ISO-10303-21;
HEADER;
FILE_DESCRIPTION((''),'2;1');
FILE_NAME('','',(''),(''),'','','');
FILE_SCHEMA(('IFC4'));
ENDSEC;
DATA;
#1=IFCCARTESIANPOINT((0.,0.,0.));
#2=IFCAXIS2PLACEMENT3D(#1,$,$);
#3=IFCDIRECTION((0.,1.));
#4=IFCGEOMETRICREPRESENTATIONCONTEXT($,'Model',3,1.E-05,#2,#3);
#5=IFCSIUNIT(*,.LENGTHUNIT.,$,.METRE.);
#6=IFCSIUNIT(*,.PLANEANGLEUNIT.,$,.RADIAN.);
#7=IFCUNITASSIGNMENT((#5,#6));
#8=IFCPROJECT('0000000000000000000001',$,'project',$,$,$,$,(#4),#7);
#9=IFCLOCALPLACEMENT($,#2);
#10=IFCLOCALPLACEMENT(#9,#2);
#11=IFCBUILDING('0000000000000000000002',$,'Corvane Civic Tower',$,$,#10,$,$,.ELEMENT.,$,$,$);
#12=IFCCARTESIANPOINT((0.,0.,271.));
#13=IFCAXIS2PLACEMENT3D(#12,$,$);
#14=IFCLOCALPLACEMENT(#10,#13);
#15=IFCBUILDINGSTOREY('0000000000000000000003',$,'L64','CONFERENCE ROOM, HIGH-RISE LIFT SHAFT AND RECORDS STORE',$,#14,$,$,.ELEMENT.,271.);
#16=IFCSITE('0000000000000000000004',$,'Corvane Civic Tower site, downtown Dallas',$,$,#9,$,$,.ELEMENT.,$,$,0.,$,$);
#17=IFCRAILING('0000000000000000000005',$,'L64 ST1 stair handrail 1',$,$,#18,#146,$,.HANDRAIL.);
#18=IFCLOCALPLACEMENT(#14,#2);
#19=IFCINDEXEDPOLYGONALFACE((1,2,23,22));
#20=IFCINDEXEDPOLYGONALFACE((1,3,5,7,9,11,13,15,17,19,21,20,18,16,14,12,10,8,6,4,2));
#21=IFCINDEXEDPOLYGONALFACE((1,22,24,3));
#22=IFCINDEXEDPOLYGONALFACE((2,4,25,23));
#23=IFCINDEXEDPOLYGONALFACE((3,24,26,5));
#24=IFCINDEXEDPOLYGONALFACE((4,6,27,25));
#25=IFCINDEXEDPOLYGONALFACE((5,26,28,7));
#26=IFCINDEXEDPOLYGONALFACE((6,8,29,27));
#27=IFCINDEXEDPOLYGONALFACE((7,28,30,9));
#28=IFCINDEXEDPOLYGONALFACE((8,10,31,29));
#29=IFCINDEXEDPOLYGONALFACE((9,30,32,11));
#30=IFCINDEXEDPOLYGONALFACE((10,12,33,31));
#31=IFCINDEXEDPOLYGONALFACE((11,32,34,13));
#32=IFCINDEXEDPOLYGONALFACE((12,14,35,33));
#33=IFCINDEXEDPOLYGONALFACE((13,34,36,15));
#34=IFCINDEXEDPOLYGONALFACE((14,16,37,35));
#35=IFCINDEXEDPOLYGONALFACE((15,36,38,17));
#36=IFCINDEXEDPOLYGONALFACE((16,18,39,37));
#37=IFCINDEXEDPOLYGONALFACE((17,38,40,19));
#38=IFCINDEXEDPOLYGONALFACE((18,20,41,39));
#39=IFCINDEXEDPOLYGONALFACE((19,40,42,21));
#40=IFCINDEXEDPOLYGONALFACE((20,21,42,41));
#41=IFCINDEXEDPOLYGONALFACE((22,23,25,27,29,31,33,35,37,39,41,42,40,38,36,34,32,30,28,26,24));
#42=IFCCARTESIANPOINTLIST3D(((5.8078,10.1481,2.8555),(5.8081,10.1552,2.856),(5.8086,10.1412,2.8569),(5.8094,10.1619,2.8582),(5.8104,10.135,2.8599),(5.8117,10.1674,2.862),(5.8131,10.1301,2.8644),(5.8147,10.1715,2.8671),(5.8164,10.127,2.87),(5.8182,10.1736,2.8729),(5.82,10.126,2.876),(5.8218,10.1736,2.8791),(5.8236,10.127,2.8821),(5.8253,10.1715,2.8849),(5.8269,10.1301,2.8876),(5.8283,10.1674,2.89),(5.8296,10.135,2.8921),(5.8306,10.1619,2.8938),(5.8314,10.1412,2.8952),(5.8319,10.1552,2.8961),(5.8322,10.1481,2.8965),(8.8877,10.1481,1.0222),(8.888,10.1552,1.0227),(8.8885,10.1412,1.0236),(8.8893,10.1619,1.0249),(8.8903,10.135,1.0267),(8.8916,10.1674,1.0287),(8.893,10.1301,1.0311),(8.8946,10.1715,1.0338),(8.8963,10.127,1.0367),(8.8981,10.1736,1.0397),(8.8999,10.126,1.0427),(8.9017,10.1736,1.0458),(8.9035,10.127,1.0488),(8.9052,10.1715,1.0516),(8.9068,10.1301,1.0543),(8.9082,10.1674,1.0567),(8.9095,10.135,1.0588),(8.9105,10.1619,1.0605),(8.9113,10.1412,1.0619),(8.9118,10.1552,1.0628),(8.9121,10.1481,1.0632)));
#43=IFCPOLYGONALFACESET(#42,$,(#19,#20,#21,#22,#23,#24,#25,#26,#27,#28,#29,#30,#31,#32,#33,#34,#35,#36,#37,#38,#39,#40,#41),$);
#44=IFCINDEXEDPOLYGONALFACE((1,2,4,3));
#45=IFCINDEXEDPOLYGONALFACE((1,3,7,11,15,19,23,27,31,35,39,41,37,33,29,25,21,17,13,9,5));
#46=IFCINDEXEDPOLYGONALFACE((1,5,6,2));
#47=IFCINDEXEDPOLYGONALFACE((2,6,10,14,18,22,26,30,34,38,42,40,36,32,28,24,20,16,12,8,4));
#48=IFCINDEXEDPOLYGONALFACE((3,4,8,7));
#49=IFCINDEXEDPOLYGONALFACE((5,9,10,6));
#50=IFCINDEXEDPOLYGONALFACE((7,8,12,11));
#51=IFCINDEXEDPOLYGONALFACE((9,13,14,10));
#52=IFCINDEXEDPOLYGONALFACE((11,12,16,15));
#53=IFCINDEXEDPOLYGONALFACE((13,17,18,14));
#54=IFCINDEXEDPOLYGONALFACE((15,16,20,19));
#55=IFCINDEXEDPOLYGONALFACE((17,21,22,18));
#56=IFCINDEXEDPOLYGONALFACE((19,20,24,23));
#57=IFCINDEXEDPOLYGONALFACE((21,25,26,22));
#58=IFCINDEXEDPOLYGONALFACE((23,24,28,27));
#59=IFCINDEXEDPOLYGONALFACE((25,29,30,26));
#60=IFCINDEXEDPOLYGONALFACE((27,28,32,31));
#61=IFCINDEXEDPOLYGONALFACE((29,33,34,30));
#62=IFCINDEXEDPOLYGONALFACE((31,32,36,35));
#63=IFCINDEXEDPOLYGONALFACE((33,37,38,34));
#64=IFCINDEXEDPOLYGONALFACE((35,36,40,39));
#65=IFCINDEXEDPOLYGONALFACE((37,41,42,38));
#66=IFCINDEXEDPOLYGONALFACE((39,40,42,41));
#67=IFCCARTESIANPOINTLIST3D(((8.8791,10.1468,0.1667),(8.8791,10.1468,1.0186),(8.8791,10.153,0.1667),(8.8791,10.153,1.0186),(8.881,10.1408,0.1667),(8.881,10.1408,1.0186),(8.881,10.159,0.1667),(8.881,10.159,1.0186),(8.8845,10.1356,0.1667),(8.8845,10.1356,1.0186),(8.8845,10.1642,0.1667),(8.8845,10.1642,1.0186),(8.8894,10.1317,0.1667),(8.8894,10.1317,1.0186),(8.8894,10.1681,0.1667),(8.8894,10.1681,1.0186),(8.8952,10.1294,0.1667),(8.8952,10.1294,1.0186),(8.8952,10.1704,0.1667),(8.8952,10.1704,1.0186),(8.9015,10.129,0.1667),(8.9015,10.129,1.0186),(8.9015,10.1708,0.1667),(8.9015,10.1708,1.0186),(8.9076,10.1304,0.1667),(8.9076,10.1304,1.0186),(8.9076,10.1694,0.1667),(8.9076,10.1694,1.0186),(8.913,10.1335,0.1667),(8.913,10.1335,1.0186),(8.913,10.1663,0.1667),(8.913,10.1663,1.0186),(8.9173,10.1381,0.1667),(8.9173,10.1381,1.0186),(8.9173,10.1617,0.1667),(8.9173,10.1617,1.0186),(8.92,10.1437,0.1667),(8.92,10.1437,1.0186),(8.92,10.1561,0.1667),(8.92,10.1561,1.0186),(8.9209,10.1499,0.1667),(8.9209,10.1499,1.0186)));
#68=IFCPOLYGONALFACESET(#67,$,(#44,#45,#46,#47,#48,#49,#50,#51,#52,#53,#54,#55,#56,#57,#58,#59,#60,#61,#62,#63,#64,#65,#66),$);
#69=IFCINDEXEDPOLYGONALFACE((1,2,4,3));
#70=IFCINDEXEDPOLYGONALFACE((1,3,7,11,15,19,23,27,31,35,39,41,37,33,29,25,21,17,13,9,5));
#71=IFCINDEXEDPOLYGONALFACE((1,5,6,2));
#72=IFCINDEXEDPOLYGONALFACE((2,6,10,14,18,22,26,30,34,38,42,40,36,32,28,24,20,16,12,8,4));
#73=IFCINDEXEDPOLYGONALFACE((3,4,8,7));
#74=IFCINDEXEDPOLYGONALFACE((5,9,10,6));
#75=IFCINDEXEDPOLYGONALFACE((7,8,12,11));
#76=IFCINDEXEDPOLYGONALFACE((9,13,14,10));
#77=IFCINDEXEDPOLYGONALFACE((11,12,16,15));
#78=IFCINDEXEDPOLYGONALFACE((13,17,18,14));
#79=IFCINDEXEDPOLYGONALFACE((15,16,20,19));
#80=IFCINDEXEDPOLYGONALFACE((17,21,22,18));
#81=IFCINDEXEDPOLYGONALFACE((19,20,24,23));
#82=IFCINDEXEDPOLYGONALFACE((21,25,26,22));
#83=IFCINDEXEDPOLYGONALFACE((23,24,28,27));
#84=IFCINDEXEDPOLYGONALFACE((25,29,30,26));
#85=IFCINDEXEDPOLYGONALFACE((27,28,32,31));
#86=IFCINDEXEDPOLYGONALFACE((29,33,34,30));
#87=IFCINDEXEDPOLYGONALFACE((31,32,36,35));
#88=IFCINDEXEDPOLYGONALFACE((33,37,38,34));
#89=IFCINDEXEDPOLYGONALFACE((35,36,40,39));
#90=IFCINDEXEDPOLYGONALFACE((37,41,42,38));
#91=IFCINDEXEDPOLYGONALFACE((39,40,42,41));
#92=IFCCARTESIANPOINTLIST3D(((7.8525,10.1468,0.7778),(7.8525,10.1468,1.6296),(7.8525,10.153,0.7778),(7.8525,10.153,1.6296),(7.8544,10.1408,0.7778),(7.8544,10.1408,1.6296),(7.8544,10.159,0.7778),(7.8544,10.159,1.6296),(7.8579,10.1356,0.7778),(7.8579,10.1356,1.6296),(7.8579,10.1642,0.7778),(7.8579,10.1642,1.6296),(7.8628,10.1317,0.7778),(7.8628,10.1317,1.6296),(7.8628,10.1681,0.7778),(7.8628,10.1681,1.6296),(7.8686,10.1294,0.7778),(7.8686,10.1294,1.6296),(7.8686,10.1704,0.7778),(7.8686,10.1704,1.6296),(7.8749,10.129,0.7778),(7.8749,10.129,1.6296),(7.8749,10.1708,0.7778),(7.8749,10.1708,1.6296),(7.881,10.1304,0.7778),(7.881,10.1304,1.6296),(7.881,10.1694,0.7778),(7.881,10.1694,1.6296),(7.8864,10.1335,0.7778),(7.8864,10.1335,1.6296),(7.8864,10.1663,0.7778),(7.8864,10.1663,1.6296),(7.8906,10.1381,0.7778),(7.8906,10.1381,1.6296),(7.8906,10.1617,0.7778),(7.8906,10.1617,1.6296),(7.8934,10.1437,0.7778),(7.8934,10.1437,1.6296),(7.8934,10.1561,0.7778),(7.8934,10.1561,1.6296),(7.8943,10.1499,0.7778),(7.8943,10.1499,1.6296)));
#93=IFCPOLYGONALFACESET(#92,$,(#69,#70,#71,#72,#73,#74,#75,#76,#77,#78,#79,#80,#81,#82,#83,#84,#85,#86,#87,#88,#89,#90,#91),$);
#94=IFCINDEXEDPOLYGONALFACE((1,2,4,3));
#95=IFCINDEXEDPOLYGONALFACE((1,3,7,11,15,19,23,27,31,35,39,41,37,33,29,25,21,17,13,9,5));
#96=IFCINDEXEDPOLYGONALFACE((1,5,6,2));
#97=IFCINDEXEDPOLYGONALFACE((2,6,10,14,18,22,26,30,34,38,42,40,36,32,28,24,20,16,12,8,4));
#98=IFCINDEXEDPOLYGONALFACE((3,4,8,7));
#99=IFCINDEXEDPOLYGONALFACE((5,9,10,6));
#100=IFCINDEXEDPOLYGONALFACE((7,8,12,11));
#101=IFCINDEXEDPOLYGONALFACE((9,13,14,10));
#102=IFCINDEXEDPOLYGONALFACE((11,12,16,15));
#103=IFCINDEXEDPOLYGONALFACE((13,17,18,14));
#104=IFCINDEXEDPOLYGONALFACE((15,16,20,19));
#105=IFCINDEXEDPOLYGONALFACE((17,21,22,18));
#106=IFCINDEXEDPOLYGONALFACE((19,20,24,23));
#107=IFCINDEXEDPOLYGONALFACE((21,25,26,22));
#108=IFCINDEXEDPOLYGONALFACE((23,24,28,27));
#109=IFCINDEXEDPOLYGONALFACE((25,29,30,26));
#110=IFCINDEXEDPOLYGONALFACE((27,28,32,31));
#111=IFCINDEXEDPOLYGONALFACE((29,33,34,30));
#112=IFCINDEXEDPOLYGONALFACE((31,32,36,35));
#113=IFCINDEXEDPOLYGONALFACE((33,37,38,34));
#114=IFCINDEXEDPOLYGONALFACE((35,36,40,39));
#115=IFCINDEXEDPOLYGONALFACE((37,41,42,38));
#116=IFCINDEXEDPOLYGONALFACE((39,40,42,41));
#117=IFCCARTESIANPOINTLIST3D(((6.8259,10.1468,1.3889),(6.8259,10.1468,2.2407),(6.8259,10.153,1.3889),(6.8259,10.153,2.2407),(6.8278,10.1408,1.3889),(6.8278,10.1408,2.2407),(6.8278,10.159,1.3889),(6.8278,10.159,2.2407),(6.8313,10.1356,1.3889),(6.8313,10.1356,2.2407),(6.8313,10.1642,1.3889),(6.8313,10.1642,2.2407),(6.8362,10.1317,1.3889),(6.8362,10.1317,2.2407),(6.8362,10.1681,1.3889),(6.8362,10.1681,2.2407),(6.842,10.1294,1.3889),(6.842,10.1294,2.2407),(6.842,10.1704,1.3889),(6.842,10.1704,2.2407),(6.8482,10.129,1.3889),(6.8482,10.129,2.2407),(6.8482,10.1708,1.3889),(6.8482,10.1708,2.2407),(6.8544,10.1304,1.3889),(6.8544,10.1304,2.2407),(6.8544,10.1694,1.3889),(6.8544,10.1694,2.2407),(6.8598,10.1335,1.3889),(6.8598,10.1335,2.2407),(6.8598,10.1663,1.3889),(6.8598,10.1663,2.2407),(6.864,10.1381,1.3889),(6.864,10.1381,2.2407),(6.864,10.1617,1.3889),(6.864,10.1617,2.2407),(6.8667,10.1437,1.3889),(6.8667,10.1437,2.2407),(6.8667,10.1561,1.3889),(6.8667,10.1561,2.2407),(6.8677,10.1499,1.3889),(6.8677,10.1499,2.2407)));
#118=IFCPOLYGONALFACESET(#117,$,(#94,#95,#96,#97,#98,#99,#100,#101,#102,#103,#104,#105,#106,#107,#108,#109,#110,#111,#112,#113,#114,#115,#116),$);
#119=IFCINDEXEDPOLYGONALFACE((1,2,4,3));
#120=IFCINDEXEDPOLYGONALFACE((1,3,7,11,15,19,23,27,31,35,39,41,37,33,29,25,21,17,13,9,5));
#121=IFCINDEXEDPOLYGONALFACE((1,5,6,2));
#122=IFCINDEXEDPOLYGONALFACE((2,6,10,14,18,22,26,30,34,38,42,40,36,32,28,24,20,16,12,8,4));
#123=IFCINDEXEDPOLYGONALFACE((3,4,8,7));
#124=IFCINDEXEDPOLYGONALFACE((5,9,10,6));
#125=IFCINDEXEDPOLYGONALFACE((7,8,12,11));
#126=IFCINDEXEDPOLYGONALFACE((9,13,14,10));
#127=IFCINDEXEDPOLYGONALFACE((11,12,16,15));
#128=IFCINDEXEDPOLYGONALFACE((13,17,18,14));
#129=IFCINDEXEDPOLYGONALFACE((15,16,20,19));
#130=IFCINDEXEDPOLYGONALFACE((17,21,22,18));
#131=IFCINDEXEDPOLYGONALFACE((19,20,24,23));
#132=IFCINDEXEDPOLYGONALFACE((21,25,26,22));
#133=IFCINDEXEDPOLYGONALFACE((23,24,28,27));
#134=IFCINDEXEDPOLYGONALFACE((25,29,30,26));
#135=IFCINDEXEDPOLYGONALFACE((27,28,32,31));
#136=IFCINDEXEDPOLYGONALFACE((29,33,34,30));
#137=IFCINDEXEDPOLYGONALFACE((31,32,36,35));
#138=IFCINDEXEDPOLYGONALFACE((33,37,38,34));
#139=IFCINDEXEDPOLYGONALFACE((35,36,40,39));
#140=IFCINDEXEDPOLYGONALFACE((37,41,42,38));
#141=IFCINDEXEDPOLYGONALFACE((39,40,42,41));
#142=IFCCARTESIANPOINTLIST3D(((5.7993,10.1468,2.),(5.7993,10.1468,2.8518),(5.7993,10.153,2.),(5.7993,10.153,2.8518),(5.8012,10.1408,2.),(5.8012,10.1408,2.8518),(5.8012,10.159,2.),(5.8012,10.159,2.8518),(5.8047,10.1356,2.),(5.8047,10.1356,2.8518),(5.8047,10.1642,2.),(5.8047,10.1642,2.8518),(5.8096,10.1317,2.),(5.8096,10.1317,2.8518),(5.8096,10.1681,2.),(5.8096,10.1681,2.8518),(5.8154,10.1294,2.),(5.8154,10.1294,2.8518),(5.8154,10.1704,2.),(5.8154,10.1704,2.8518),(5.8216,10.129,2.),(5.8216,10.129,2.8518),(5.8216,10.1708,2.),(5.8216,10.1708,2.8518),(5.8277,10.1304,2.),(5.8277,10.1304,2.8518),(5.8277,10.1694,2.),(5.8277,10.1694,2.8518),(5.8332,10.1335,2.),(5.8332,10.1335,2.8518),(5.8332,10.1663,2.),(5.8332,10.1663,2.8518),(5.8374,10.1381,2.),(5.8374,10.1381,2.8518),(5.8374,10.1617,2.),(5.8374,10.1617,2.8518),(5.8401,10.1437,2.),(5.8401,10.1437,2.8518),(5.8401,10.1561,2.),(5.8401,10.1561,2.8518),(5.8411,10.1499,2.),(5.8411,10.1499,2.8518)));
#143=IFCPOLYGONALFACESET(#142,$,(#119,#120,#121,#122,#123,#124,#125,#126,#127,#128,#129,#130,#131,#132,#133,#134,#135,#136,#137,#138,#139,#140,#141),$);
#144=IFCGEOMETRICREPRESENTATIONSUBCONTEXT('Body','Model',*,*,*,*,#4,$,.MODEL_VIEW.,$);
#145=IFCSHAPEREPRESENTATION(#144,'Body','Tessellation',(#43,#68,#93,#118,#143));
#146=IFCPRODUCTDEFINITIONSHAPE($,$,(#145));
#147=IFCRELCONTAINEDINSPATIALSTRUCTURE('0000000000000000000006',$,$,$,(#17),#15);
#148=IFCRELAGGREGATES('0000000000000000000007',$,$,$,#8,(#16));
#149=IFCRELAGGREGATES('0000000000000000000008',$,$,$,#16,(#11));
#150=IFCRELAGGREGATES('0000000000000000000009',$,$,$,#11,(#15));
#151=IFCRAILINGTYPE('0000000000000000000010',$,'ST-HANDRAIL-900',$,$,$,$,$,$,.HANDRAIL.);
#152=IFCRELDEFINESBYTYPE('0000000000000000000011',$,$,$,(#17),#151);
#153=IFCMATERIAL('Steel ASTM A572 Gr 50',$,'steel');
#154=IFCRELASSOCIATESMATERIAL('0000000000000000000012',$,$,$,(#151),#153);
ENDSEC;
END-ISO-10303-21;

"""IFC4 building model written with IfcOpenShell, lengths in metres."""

from ifc_helpers import new_model, si_unit, direction, frame, origin, origin_2d, place, context, subcontext, project, spatial, circle, extrude, material, type_object, element, save


model = new_model("IFC4")

# Units and contexts
model_context = context("Model", 3, precision=1e-05, world=origin(), true_north=direction((0.0, 1.0)))
body_context = subcontext(model_context, "Body", "Model", "MODEL_VIEW")
ifc_project = project(units=[si_unit("LENGTHUNIT", "METRE"), si_unit("PLANEANGLEUNIT", "RADIAN")], contexts=[model_context])

# Site, building, storey
site_placement = place(None, origin())
site = spatial("IfcSite", under=ifc_project, at=site_placement, Name="Corvane Civic Tower site, downtown Dallas", CompositionType="ELEMENT", RefElevation=0.0)
building_placement = place(site_placement, origin())
building = spatial("IfcBuilding", under=site, at=building_placement, Name="Corvane Civic Tower", CompositionType="ELEMENT")
storey_placement = place(building_placement, frame((0.0, 0.0, 271.0)))
storey = spatial("IfcBuildingStorey", under=building, at=storey_placement, Name="L64", Description="CONFERENCE ROOM, HIGH-RISE LIFT SHAFT AND RECORDS STORE", CompositionType="ELEMENT", Elevation=271.0)

# Railing
ifc_material_1 = material(Name="Steel ASTM A572 Gr 50", Category="steel")
railing_type = type_object("IfcRailingType", Name="ST-HANDRAIL-900", PredefinedType="HANDRAIL", material=ifc_material_1)
railing_placement = place(storey_placement, frame((8.8999, 10.1499, 0.1667)))
element("IfcRailing", 1, at=railing_placement, inside=storey, type_object=railing_type, Name="L64 ST1 stair handrail 1", PredefinedType="HANDRAIL", context=body_context, shape_type="SweptSolid", body=[
    extrude(circle(Radius=0.0239, at=origin_2d()), frame((0.0, 0.0, 0.876), z_axis=(-0.859291, 0.0, 0.511487), x_axis=(0.0, -1.0, 0.0)), (0.0, 0.0, 1.0), 3.5842),
    extrude(circle(Radius=0.021, at=origin_2d()), origin(), (0.0, 0.0, 1.0), 0.8518),
    extrude(circle(Radius=0.021, at=origin_2d()), frame((-1.0266, 0.0, 0.6111)), (0.0, 0.0, 1.0), 0.8518),
    extrude(circle(Radius=0.021, at=origin_2d()), frame((-2.0532, 0.0, 1.2222)), (0.0, 0.0, 1.0), 0.8518),
    extrude(circle(Radius=0.021, at=origin_2d()), frame((-3.0798, 0.0, 1.8333)), (0.0, 0.0, 1.0), 0.8518),
])

save(model, "model.ifc")
